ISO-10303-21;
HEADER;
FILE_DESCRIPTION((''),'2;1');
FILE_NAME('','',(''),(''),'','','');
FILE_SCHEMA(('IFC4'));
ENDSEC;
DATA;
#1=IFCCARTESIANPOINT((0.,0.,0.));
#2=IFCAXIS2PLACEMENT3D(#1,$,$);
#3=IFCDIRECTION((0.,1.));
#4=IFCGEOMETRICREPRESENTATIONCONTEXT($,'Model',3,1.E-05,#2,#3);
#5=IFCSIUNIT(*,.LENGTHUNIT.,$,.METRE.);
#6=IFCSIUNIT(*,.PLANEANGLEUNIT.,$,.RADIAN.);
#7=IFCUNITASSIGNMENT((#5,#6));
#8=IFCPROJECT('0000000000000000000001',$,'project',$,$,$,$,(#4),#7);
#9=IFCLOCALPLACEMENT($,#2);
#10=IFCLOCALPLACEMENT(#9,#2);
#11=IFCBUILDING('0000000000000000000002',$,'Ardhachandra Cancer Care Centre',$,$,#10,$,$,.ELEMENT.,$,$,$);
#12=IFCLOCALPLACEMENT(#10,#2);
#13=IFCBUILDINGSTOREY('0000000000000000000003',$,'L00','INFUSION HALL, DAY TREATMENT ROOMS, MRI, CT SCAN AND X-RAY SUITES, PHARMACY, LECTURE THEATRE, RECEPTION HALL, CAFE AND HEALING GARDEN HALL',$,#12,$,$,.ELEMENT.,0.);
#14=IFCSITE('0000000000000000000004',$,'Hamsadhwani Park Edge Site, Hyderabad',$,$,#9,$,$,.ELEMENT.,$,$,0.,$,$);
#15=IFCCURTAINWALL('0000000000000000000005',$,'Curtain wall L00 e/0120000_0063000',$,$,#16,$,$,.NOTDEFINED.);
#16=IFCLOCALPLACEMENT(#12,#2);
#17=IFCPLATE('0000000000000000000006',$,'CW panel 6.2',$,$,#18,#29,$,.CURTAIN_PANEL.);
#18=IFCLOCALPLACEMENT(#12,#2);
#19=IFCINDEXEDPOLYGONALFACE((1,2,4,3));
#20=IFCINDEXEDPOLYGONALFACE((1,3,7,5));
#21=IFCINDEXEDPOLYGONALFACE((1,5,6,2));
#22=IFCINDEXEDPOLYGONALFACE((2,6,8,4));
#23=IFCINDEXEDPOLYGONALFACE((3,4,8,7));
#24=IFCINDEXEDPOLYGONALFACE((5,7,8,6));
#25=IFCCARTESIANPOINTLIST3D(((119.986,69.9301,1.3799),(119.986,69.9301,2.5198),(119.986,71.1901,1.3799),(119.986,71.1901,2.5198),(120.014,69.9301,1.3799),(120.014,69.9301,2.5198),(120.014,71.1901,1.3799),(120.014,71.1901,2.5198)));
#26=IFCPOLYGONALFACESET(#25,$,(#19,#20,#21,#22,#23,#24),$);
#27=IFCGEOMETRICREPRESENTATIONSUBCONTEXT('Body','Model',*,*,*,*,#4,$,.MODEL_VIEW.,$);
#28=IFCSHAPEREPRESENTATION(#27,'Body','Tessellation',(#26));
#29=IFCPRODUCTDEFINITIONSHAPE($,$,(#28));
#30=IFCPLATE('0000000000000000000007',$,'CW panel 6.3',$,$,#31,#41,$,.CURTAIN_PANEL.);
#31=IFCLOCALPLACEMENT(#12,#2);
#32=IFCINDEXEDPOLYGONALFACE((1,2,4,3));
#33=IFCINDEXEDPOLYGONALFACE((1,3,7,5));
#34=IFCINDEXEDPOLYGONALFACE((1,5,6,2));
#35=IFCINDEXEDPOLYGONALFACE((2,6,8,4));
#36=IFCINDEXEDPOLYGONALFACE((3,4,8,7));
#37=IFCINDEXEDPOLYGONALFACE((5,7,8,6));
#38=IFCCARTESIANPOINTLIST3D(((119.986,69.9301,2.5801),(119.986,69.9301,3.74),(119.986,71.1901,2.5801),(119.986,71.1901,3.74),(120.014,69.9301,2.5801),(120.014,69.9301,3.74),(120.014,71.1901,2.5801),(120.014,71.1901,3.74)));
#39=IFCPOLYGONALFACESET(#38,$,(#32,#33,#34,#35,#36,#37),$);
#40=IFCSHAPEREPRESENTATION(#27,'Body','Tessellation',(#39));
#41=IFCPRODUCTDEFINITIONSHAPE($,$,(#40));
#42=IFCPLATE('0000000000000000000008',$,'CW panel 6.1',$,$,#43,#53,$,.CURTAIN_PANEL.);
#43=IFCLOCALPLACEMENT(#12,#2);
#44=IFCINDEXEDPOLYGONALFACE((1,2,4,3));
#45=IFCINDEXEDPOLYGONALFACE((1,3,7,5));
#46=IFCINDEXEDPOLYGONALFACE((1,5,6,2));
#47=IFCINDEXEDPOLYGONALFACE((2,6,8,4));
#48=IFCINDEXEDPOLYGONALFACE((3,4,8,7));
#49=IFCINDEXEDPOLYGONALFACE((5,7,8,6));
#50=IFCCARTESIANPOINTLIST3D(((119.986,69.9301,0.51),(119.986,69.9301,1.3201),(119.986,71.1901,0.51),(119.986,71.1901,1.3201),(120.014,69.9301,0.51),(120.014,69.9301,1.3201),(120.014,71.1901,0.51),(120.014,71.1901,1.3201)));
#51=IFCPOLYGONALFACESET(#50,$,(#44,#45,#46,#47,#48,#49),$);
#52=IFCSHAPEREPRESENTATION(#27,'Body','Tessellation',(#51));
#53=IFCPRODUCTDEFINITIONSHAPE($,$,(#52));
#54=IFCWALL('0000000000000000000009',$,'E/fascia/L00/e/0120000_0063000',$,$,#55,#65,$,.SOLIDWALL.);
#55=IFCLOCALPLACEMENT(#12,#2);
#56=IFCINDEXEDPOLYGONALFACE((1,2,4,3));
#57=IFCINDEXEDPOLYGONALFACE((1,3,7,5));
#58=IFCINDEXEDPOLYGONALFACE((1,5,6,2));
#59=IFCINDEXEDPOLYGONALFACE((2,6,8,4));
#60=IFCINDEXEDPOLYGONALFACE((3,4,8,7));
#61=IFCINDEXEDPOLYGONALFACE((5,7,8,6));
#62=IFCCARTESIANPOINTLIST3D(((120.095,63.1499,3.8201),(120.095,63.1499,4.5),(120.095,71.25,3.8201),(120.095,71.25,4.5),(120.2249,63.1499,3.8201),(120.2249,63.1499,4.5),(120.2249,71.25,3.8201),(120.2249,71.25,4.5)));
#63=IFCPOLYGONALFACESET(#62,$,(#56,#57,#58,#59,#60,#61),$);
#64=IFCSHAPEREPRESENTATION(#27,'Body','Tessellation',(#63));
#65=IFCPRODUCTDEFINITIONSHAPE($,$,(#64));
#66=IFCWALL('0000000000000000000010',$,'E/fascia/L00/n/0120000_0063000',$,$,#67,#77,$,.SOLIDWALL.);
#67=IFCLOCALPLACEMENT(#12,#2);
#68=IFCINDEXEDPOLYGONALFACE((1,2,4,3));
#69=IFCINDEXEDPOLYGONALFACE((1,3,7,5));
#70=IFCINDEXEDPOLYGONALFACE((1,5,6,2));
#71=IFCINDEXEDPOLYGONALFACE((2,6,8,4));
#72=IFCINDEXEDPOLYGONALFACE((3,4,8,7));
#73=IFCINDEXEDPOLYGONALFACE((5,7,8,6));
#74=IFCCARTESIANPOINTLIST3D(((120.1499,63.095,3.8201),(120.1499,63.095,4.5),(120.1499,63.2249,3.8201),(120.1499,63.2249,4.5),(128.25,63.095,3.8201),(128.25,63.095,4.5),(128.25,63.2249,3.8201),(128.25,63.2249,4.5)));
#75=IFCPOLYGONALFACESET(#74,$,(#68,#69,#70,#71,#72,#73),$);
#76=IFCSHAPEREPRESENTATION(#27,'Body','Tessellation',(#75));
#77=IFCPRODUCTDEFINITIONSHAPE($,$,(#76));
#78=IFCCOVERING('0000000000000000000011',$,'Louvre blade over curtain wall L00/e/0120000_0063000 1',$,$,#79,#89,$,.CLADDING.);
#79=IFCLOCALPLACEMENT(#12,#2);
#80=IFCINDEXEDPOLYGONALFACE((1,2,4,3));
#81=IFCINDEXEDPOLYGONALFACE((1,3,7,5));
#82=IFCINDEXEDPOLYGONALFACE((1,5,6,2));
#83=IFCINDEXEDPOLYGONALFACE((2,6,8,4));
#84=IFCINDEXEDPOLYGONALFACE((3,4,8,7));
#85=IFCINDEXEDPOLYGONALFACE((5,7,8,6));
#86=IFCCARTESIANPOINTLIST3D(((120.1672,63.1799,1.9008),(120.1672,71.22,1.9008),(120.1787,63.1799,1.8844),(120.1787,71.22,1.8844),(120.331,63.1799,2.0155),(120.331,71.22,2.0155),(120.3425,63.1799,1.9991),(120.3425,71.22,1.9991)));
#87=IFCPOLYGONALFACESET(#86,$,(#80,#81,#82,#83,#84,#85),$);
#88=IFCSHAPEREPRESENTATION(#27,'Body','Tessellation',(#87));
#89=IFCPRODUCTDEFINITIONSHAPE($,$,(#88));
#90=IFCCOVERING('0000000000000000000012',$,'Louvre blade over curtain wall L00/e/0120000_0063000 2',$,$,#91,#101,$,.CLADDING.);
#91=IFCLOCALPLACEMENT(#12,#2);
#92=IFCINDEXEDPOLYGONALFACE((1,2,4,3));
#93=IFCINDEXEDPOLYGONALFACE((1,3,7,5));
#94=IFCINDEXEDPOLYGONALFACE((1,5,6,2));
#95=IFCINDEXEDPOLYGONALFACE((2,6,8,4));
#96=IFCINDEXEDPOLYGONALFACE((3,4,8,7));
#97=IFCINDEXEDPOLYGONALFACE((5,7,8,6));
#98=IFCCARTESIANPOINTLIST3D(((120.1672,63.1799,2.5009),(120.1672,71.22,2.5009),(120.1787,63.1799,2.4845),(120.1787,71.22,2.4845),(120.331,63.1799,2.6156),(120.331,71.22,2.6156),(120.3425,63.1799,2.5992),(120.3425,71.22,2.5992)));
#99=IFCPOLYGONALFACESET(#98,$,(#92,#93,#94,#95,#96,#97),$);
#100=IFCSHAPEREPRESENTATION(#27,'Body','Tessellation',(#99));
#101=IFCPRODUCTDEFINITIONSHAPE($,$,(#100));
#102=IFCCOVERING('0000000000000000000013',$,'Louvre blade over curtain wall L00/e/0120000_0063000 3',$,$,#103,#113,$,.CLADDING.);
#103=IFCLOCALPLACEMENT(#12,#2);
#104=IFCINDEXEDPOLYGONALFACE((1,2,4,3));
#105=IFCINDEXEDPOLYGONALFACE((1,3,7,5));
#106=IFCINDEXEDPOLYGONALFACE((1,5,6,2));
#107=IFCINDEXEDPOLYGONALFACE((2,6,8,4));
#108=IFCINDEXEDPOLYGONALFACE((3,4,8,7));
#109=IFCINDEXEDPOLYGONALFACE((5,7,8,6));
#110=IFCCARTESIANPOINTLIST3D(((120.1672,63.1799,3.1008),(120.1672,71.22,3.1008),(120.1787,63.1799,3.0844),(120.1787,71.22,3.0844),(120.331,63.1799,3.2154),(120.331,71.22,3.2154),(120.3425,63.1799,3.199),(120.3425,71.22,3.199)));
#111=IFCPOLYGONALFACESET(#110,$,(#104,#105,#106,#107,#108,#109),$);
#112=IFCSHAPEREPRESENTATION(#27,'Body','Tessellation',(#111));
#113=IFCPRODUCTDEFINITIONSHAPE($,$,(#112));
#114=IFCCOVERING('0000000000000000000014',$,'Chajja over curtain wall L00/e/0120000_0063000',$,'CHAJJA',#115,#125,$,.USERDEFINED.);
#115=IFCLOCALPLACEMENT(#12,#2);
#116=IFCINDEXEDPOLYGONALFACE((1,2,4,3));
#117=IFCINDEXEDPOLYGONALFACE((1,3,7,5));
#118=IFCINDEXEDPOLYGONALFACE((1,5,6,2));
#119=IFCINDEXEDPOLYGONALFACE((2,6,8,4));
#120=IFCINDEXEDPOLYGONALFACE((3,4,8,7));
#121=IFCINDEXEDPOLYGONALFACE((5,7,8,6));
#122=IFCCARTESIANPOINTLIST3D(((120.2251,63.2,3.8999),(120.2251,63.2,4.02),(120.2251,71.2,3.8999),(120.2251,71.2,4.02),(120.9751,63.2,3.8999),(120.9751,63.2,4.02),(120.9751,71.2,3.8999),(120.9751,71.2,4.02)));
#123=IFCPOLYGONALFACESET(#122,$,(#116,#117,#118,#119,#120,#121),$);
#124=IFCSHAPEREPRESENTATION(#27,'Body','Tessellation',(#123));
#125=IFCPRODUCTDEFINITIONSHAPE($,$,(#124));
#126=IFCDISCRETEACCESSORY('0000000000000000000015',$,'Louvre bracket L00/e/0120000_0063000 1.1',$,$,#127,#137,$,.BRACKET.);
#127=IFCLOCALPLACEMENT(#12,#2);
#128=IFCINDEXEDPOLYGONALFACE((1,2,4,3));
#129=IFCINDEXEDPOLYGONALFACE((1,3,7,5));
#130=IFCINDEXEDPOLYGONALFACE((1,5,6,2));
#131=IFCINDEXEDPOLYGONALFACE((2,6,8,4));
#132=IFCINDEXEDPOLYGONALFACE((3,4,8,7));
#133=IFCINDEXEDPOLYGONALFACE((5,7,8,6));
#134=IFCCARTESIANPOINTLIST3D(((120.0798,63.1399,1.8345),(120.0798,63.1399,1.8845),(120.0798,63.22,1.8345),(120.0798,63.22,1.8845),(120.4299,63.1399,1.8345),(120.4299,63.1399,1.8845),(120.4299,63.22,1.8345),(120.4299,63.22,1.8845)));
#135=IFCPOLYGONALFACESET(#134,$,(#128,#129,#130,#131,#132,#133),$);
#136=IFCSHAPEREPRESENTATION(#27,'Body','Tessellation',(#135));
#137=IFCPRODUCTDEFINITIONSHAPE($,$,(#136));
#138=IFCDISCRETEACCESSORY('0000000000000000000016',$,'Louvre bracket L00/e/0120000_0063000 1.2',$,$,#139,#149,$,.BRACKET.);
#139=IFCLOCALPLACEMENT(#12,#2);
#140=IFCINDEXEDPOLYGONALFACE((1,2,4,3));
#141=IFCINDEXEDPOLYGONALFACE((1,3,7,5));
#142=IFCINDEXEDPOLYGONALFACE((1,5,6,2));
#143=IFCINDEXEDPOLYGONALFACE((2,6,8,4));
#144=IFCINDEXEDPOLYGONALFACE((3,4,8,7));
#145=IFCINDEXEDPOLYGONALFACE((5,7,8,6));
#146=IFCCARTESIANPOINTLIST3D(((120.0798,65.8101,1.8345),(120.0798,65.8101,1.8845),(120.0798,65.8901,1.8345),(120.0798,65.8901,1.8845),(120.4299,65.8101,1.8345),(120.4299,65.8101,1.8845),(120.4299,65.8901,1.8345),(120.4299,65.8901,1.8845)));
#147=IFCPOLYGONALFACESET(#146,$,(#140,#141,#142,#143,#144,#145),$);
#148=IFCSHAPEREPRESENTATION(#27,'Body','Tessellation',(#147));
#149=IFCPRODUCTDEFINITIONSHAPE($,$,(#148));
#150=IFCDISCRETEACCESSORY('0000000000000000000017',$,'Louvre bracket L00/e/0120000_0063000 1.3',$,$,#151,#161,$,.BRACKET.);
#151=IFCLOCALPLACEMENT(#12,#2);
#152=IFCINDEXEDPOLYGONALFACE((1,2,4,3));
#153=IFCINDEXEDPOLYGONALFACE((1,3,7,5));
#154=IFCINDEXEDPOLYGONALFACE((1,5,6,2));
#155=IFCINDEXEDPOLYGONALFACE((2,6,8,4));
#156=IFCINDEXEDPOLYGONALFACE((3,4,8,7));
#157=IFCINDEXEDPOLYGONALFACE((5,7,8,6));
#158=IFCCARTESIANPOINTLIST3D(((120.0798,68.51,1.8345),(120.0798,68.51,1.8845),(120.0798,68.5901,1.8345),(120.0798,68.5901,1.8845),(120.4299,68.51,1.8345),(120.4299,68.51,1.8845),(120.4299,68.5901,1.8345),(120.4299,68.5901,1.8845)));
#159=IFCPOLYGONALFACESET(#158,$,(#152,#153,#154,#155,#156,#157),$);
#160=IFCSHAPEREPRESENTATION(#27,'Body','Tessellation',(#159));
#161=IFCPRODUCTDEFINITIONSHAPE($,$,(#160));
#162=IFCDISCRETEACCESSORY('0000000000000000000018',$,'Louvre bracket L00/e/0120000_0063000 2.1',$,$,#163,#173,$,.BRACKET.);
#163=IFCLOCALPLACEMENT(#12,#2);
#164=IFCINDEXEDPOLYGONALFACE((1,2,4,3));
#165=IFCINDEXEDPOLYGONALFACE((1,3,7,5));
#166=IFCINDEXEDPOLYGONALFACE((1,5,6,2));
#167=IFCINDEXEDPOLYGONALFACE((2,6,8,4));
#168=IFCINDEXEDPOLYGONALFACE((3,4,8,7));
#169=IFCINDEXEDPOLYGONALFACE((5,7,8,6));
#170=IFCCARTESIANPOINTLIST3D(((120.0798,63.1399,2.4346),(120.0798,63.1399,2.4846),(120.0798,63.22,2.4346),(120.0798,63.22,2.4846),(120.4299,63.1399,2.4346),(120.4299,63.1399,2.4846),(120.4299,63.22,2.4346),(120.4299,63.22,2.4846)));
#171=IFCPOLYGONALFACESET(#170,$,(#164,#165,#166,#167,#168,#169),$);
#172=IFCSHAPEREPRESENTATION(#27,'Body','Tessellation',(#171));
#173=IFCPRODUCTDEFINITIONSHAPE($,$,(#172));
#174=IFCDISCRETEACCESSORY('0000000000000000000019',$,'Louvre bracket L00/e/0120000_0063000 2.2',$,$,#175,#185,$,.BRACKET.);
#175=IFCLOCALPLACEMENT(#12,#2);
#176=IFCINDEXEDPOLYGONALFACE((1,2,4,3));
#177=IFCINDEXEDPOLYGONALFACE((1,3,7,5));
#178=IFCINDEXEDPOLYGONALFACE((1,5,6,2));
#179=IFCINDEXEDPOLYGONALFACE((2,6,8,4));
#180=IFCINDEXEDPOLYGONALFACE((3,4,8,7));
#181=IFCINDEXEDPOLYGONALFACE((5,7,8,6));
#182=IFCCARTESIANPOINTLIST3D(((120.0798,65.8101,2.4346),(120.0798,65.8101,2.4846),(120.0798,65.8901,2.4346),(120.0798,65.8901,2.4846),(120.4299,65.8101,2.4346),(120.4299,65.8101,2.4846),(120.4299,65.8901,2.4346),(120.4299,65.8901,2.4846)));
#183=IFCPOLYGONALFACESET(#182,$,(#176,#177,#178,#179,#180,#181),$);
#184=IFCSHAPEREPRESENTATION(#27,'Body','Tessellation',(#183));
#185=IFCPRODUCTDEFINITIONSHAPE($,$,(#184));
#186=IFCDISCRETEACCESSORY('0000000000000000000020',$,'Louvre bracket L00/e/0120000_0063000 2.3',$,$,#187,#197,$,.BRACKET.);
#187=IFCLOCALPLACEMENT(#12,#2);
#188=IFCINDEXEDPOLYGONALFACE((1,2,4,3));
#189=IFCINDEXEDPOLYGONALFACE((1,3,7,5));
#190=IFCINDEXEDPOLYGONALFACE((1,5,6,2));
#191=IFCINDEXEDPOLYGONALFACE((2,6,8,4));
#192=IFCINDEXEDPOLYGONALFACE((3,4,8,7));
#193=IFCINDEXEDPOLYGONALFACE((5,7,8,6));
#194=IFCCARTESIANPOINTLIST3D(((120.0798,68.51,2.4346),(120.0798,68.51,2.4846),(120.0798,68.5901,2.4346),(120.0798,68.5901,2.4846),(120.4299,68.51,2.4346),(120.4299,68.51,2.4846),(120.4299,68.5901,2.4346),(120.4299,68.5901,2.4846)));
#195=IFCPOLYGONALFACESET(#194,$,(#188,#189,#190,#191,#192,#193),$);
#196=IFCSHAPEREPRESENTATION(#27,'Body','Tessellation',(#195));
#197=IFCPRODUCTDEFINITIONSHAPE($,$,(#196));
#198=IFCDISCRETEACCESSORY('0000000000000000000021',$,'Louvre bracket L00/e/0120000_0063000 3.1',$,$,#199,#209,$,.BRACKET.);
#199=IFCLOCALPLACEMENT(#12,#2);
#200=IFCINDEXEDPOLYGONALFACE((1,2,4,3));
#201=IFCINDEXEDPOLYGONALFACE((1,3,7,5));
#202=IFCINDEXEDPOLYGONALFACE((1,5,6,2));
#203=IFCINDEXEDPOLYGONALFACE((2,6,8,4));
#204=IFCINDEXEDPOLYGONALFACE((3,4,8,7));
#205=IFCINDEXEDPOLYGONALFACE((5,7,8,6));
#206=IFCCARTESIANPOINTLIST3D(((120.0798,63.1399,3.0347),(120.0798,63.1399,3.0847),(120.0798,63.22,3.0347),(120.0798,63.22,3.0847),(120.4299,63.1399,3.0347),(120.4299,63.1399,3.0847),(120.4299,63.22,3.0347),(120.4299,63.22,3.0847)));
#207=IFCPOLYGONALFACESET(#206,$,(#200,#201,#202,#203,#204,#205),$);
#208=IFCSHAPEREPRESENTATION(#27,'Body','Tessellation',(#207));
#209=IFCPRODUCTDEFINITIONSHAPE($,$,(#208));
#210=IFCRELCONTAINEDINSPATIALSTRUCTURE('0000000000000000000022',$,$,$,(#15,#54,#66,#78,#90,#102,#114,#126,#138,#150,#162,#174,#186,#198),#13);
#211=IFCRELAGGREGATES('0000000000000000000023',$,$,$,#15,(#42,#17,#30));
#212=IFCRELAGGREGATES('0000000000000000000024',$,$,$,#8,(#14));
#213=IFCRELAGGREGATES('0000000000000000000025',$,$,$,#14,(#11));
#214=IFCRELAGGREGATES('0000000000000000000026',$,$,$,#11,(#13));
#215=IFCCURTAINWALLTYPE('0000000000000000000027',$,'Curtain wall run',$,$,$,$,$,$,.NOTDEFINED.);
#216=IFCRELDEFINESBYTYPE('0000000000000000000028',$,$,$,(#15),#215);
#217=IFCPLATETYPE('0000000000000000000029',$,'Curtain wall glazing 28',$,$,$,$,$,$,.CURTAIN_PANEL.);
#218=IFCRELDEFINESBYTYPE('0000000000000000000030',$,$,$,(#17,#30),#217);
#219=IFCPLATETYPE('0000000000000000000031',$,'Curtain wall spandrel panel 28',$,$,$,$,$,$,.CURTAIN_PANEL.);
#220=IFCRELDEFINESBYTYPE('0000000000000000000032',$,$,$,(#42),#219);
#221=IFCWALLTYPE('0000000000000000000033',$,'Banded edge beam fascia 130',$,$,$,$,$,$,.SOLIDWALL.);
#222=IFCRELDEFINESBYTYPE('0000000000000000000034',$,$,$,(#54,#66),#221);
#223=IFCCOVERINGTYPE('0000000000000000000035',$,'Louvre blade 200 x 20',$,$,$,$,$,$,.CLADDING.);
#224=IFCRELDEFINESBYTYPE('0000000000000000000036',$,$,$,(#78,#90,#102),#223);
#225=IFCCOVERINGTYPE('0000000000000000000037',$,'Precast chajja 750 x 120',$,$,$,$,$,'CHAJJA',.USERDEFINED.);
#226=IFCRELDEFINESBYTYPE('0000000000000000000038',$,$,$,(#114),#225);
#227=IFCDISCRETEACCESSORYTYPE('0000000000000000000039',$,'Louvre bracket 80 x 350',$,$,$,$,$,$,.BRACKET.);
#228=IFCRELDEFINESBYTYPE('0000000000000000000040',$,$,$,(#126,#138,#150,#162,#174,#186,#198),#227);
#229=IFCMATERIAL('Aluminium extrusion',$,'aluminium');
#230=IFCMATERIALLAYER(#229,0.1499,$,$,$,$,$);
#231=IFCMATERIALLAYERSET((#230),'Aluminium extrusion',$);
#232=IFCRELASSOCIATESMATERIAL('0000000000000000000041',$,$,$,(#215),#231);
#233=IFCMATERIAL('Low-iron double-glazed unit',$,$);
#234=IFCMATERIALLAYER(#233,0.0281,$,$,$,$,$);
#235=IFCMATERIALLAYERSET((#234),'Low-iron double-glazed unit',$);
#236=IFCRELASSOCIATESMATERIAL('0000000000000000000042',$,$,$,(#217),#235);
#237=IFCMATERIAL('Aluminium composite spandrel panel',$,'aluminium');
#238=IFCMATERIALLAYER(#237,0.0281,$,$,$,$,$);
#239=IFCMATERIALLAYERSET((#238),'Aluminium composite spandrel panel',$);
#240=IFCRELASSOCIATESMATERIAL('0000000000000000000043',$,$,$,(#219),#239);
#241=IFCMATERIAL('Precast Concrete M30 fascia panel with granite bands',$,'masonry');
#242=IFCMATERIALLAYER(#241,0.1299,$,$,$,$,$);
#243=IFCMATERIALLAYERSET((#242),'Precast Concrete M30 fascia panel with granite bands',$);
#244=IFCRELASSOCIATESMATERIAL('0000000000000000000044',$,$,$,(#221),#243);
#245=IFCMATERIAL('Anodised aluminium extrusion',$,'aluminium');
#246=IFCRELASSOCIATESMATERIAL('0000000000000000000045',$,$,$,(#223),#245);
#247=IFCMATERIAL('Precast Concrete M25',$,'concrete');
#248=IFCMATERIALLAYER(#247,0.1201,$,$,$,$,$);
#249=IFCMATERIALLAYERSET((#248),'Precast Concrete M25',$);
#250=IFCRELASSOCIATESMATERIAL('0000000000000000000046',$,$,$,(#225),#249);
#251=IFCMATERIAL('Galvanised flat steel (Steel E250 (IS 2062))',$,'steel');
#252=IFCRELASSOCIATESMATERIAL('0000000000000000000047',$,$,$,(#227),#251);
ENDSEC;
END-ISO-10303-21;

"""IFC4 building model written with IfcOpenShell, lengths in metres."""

from ifc_helpers import new_model, si_unit, direction, frame, frame_2d, origin, origin_2d, place, context, subcontext, project, spatial, rectangle, extrude, material, layer, layer_set, material_profile, profile_set, type_object, element, aggregate, save


model = new_model("IFC4")

# Units and contexts
model_context = context("Model", 3, precision=1e-05, world=origin(), true_north=direction((0.0, 1.0)))
body_context = subcontext(model_context, "Body", "Model", "MODEL_VIEW")
ifc_project = project(units=[si_unit("LENGTHUNIT", "METRE"), si_unit("PLANEANGLEUNIT", "RADIAN")], contexts=[model_context])

# Site, building, storey
site_placement = place(None, origin())
site = spatial("IfcSite", under=ifc_project, at=site_placement, Name="Hamsadhwani Park Edge Site, Hyderabad", CompositionType="ELEMENT", RefElevation=0.0)
building_placement = place(site_placement, origin())
building = spatial("IfcBuilding", under=site, at=building_placement, Name="Ardhachandra Cancer Care Centre", CompositionType="ELEMENT")
storey_placement = place(building_placement, origin())
storey = spatial("IfcBuildingStorey", under=building, at=storey_placement, Name="L00", Description="INFUSION HALL, DAY TREATMENT ROOMS, MRI, CT SCAN AND X-RAY SUITES, PHARMACY, LECTURE THEATRE, RECEPTION HALL, CAFE AND HEALING GARDEN HALL", CompositionType="ELEMENT", Elevation=0.0)

# Curtain wall
ifc_material_1 = material(Name="Aluminium extrusion", Category="aluminium")
ifc_layer_1 = layer(ifc_material_1, 0.1499)
ifc_layer_set_1 = layer_set([ifc_layer_1], Name="Aluminium extrusion")
curtain_wall_type = type_object("IfcCurtainWallType", Name="Curtain wall run", PredefinedType="NOTDEFINED", material=ifc_layer_set_1)
curtain_wall_1_placement = place(storey_placement, origin())
curtain_wall_1 = element("IfcCurtainWall", 1, at=curtain_wall_1_placement, inside=storey, type_object=curtain_wall_type, Name="Curtain wall L00 e/0120000_0063000", PredefinedType="NOTDEFINED")

# Plates
ifc_material_2 = material(Name="Low-iron double-glazed unit")
ifc_layer_2 = layer(ifc_material_2, 0.0281)
ifc_layer_set_2 = layer_set([ifc_layer_2], Name="Low-iron double-glazed unit")
plate_type_1 = type_object("IfcPlateType", Name="Curtain wall glazing 28", PredefinedType="CURTAIN_PANEL", material=ifc_layer_set_2)
plate_1_placement = place(storey_placement, frame((120.0, 70.5601, 1.3799), z_axis=(0.0, 0.0, 1.0), x_axis=(0.0, 1.0, 0.0)))
plate_1 = element("IfcPlate", 2, at=plate_1_placement, type_object=plate_type_1, Name="CW panel 6.2", PredefinedType="CURTAIN_PANEL", context=body_context, shape_type="SweptSolid", body=[
    extrude(rectangle(XDim=1.26, YDim=0.0281, at=origin_2d()), origin(), (0.0, 0.0, 1.0), 1.1399),
])
plate_2_placement = place(storey_placement, frame((120.0, 70.5601, 2.5801), z_axis=(0.0, 0.0, 1.0), x_axis=(0.0, 1.0, 0.0)))
plate_2 = element("IfcPlate", 3, at=plate_2_placement, type_object=plate_type_1, Name="CW panel 6.3", PredefinedType="CURTAIN_PANEL", context=body_context, shape_type="SweptSolid", body=[
    extrude(rectangle(XDim=1.26, YDim=0.0281, at=origin_2d()), origin(), (0.0, 0.0, 1.0), 1.1599),
])
ifc_material_3 = material(Name="Aluminium composite spandrel panel", Category="aluminium")
ifc_layer_3 = layer(ifc_material_3, 0.0281)
ifc_layer_set_3 = layer_set([ifc_layer_3], Name="Aluminium composite spandrel panel")
plate_type_2 = type_object("IfcPlateType", Name="Curtain wall spandrel panel 28", PredefinedType="CURTAIN_PANEL", material=ifc_layer_set_3)
plate_3_placement = place(storey_placement, frame((120.0, 70.5601, 0.51), z_axis=(0.0, 0.0, 1.0), x_axis=(0.0, 1.0, 0.0)))
plate_3 = element("IfcPlate", 4, at=plate_3_placement, type_object=plate_type_2, Name="CW panel 6.1", PredefinedType="CURTAIN_PANEL", context=body_context, shape_type="SweptSolid", body=[
    extrude(rectangle(XDim=1.26, YDim=0.0281, at=origin_2d()), origin(), (0.0, 0.0, 1.0), 0.8101),
])
aggregate(curtain_wall_1, [plate_3, plate_1, plate_2])

# Walls
ifc_material_4 = material(Name="Precast Concrete M30 fascia panel with granite bands", Category="masonry")
ifc_layer_4 = layer(ifc_material_4, 0.1299)
ifc_layer_set_4 = layer_set([ifc_layer_4], Name="Precast Concrete M30 fascia panel with granite bands")
wall_type = type_object("IfcWallType", Name="Banded edge beam fascia 130", PredefinedType="SOLIDWALL", material=ifc_layer_set_4)
for number, where, z_axis, x_axis, name in (
    (5, (120.1599, 63.1499, 3.8201), (0.0, 0.0, 1.0), (0.0, 1.0, 0.0), "E/fascia/L00/e/0120000_0063000"),
    (6, (120.1499, 63.1599, 3.8201), (0.0, 0.0, 1.0), (1.0, 0.0, 0.0), "E/fascia/L00/n/0120000_0063000"),
):
    element("IfcWall", number, at=place(storey_placement, frame(where, z_axis=z_axis, x_axis=x_axis)), inside=storey, type_object=wall_type, Name=name, PredefinedType="SOLIDWALL", context=body_context, shape_type="SweptSolid", body=[
        extrude(rectangle(XDim=8.1001, YDim=0.1299, at=frame_2d((4.05, 0.0))), origin(), (0.0, 0.0, 1.0), 0.6799),
    ])

# Coverings
ifc_material_5 = material(Name="Anodised aluminium extrusion", Category="aluminium")
ifc_material_profile_1 = material_profile(ifc_material_5, rectangle(XDim=0.2, YDim=0.02, at=origin_2d()), Name="Louvre blade 200 x 20")
ifc_profile_set_1 = profile_set([ifc_material_profile_1], Name="Anodised aluminium extrusion")
covering_type_1 = type_object("IfcCoveringType", Name="Louvre blade 200 x 20", PredefinedType="CLADDING", material=ifc_profile_set_1)
for number, where, z_axis, x_axis, name in (
    (7, (120.2549, 63.1799, 1.95), (0.0, 1.0, 0.0), (-0.819152, 0.0, -0.573576), "Louvre blade over curtain wall L00/e/0120000_0063000 1"),
    (8, (120.2549, 63.1799, 2.55), (0.0, 1.0, 0.0), (-0.819152, 0.0, -0.573576), "Louvre blade over curtain wall L00/e/0120000_0063000 2"),
    (9, (120.2549, 63.1799, 3.1499), (0.0, 1.0, 0.0), (-0.819152, 0.0, -0.573576), "Louvre blade over curtain wall L00/e/0120000_0063000 3"),
):
    element("IfcCovering", number, at=place(storey_placement, frame(where, z_axis=z_axis, x_axis=x_axis)), inside=storey, type_object=covering_type_1, Name=name, PredefinedType="CLADDING", context=body_context, shape_type="SweptSolid", body=[
        extrude(rectangle(XDim=0.2, YDim=0.02, at=origin_2d()), origin(), (0.0, 0.0, 1.0), 8.04),
    ])
ifc_material_6 = material(Name="Precast Concrete M25", Category="concrete")
ifc_layer_5 = layer(ifc_material_6, 0.1201)
ifc_layer_set_5 = layer_set([ifc_layer_5], Name="Precast Concrete M25")
covering_type_2 = type_object("IfcCoveringType", Name="Precast chajja 750 x 120", ElementType="CHAJJA", PredefinedType="USERDEFINED", material=ifc_layer_set_5)
covering_placement = place(storey_placement, frame((120.6001, 67.2, 3.8999), z_axis=(0.0, 0.0, 1.0), x_axis=(0.0, 1.0, 0.0)))
element("IfcCovering", 10, at=covering_placement, inside=storey, type_object=covering_type_2, Name="Chajja over curtain wall L00/e/0120000_0063000", ObjectType="CHAJJA", PredefinedType="USERDEFINED", context=body_context, shape_type="SweptSolid", body=[
    extrude(rectangle(XDim=8.0, YDim=0.75, at=origin_2d()), origin(), (0.0, 0.0, 1.0), 0.1201),
])

# Discrete accessories
ifc_material_7 = material(Name="Galvanised flat steel (Steel E250 (IS 2062))", Category="steel")
discrete_accessory_type = type_object("IfcDiscreteAccessoryType", Name="Louvre bracket 80 x 350", PredefinedType="BRACKET", material=ifc_material_7)
for number, where, z_axis, x_axis, name in (
    (11, (120.2549, 63.1799, 1.8345), (0.0, 0.0, 1.0), (0.0, 1.0, 0.0), "Louvre bracket L00/e/0120000_0063000 1.1"),
    (12, (120.2549, 65.8501, 1.8345), (0.0, 0.0, 1.0), (0.0, 1.0, 0.0), "Louvre bracket L00/e/0120000_0063000 1.2"),
    (13, (120.2549, 68.55, 1.8345), (0.0, 0.0, 1.0), (0.0, 1.0, 0.0), "Louvre bracket L00/e/0120000_0063000 1.3"),
    (14, (120.2549, 63.1799, 2.4346), (0.0, 0.0, 1.0), (0.0, 1.0, 0.0), "Louvre bracket L00/e/0120000_0063000 2.1"),
    (15, (120.2549, 65.8501, 2.4346), (0.0, 0.0, 1.0), (0.0, 1.0, 0.0), "Louvre bracket L00/e/0120000_0063000 2.2"),
    (16, (120.2549, 68.55, 2.4346), (0.0, 0.0, 1.0), (0.0, 1.0, 0.0), "Louvre bracket L00/e/0120000_0063000 2.3"),
    (17, (120.2549, 63.1799, 3.0347), (0.0, 0.0, 1.0), (0.0, 1.0, 0.0), "Louvre bracket L00/e/0120000_0063000 3.1"),
):
    element("IfcDiscreteAccessory", number, at=place(storey_placement, frame(where, z_axis=z_axis, x_axis=x_axis)), inside=storey, type_object=discrete_accessory_type, Name=name, PredefinedType="BRACKET", context=body_context, shape_type="SweptSolid", body=[
        extrude(rectangle(XDim=0.0801, YDim=0.3501, at=origin_2d()), origin(), (0.0, 0.0, 1.0), 0.05),
    ])

save(model, "model.ifc")
